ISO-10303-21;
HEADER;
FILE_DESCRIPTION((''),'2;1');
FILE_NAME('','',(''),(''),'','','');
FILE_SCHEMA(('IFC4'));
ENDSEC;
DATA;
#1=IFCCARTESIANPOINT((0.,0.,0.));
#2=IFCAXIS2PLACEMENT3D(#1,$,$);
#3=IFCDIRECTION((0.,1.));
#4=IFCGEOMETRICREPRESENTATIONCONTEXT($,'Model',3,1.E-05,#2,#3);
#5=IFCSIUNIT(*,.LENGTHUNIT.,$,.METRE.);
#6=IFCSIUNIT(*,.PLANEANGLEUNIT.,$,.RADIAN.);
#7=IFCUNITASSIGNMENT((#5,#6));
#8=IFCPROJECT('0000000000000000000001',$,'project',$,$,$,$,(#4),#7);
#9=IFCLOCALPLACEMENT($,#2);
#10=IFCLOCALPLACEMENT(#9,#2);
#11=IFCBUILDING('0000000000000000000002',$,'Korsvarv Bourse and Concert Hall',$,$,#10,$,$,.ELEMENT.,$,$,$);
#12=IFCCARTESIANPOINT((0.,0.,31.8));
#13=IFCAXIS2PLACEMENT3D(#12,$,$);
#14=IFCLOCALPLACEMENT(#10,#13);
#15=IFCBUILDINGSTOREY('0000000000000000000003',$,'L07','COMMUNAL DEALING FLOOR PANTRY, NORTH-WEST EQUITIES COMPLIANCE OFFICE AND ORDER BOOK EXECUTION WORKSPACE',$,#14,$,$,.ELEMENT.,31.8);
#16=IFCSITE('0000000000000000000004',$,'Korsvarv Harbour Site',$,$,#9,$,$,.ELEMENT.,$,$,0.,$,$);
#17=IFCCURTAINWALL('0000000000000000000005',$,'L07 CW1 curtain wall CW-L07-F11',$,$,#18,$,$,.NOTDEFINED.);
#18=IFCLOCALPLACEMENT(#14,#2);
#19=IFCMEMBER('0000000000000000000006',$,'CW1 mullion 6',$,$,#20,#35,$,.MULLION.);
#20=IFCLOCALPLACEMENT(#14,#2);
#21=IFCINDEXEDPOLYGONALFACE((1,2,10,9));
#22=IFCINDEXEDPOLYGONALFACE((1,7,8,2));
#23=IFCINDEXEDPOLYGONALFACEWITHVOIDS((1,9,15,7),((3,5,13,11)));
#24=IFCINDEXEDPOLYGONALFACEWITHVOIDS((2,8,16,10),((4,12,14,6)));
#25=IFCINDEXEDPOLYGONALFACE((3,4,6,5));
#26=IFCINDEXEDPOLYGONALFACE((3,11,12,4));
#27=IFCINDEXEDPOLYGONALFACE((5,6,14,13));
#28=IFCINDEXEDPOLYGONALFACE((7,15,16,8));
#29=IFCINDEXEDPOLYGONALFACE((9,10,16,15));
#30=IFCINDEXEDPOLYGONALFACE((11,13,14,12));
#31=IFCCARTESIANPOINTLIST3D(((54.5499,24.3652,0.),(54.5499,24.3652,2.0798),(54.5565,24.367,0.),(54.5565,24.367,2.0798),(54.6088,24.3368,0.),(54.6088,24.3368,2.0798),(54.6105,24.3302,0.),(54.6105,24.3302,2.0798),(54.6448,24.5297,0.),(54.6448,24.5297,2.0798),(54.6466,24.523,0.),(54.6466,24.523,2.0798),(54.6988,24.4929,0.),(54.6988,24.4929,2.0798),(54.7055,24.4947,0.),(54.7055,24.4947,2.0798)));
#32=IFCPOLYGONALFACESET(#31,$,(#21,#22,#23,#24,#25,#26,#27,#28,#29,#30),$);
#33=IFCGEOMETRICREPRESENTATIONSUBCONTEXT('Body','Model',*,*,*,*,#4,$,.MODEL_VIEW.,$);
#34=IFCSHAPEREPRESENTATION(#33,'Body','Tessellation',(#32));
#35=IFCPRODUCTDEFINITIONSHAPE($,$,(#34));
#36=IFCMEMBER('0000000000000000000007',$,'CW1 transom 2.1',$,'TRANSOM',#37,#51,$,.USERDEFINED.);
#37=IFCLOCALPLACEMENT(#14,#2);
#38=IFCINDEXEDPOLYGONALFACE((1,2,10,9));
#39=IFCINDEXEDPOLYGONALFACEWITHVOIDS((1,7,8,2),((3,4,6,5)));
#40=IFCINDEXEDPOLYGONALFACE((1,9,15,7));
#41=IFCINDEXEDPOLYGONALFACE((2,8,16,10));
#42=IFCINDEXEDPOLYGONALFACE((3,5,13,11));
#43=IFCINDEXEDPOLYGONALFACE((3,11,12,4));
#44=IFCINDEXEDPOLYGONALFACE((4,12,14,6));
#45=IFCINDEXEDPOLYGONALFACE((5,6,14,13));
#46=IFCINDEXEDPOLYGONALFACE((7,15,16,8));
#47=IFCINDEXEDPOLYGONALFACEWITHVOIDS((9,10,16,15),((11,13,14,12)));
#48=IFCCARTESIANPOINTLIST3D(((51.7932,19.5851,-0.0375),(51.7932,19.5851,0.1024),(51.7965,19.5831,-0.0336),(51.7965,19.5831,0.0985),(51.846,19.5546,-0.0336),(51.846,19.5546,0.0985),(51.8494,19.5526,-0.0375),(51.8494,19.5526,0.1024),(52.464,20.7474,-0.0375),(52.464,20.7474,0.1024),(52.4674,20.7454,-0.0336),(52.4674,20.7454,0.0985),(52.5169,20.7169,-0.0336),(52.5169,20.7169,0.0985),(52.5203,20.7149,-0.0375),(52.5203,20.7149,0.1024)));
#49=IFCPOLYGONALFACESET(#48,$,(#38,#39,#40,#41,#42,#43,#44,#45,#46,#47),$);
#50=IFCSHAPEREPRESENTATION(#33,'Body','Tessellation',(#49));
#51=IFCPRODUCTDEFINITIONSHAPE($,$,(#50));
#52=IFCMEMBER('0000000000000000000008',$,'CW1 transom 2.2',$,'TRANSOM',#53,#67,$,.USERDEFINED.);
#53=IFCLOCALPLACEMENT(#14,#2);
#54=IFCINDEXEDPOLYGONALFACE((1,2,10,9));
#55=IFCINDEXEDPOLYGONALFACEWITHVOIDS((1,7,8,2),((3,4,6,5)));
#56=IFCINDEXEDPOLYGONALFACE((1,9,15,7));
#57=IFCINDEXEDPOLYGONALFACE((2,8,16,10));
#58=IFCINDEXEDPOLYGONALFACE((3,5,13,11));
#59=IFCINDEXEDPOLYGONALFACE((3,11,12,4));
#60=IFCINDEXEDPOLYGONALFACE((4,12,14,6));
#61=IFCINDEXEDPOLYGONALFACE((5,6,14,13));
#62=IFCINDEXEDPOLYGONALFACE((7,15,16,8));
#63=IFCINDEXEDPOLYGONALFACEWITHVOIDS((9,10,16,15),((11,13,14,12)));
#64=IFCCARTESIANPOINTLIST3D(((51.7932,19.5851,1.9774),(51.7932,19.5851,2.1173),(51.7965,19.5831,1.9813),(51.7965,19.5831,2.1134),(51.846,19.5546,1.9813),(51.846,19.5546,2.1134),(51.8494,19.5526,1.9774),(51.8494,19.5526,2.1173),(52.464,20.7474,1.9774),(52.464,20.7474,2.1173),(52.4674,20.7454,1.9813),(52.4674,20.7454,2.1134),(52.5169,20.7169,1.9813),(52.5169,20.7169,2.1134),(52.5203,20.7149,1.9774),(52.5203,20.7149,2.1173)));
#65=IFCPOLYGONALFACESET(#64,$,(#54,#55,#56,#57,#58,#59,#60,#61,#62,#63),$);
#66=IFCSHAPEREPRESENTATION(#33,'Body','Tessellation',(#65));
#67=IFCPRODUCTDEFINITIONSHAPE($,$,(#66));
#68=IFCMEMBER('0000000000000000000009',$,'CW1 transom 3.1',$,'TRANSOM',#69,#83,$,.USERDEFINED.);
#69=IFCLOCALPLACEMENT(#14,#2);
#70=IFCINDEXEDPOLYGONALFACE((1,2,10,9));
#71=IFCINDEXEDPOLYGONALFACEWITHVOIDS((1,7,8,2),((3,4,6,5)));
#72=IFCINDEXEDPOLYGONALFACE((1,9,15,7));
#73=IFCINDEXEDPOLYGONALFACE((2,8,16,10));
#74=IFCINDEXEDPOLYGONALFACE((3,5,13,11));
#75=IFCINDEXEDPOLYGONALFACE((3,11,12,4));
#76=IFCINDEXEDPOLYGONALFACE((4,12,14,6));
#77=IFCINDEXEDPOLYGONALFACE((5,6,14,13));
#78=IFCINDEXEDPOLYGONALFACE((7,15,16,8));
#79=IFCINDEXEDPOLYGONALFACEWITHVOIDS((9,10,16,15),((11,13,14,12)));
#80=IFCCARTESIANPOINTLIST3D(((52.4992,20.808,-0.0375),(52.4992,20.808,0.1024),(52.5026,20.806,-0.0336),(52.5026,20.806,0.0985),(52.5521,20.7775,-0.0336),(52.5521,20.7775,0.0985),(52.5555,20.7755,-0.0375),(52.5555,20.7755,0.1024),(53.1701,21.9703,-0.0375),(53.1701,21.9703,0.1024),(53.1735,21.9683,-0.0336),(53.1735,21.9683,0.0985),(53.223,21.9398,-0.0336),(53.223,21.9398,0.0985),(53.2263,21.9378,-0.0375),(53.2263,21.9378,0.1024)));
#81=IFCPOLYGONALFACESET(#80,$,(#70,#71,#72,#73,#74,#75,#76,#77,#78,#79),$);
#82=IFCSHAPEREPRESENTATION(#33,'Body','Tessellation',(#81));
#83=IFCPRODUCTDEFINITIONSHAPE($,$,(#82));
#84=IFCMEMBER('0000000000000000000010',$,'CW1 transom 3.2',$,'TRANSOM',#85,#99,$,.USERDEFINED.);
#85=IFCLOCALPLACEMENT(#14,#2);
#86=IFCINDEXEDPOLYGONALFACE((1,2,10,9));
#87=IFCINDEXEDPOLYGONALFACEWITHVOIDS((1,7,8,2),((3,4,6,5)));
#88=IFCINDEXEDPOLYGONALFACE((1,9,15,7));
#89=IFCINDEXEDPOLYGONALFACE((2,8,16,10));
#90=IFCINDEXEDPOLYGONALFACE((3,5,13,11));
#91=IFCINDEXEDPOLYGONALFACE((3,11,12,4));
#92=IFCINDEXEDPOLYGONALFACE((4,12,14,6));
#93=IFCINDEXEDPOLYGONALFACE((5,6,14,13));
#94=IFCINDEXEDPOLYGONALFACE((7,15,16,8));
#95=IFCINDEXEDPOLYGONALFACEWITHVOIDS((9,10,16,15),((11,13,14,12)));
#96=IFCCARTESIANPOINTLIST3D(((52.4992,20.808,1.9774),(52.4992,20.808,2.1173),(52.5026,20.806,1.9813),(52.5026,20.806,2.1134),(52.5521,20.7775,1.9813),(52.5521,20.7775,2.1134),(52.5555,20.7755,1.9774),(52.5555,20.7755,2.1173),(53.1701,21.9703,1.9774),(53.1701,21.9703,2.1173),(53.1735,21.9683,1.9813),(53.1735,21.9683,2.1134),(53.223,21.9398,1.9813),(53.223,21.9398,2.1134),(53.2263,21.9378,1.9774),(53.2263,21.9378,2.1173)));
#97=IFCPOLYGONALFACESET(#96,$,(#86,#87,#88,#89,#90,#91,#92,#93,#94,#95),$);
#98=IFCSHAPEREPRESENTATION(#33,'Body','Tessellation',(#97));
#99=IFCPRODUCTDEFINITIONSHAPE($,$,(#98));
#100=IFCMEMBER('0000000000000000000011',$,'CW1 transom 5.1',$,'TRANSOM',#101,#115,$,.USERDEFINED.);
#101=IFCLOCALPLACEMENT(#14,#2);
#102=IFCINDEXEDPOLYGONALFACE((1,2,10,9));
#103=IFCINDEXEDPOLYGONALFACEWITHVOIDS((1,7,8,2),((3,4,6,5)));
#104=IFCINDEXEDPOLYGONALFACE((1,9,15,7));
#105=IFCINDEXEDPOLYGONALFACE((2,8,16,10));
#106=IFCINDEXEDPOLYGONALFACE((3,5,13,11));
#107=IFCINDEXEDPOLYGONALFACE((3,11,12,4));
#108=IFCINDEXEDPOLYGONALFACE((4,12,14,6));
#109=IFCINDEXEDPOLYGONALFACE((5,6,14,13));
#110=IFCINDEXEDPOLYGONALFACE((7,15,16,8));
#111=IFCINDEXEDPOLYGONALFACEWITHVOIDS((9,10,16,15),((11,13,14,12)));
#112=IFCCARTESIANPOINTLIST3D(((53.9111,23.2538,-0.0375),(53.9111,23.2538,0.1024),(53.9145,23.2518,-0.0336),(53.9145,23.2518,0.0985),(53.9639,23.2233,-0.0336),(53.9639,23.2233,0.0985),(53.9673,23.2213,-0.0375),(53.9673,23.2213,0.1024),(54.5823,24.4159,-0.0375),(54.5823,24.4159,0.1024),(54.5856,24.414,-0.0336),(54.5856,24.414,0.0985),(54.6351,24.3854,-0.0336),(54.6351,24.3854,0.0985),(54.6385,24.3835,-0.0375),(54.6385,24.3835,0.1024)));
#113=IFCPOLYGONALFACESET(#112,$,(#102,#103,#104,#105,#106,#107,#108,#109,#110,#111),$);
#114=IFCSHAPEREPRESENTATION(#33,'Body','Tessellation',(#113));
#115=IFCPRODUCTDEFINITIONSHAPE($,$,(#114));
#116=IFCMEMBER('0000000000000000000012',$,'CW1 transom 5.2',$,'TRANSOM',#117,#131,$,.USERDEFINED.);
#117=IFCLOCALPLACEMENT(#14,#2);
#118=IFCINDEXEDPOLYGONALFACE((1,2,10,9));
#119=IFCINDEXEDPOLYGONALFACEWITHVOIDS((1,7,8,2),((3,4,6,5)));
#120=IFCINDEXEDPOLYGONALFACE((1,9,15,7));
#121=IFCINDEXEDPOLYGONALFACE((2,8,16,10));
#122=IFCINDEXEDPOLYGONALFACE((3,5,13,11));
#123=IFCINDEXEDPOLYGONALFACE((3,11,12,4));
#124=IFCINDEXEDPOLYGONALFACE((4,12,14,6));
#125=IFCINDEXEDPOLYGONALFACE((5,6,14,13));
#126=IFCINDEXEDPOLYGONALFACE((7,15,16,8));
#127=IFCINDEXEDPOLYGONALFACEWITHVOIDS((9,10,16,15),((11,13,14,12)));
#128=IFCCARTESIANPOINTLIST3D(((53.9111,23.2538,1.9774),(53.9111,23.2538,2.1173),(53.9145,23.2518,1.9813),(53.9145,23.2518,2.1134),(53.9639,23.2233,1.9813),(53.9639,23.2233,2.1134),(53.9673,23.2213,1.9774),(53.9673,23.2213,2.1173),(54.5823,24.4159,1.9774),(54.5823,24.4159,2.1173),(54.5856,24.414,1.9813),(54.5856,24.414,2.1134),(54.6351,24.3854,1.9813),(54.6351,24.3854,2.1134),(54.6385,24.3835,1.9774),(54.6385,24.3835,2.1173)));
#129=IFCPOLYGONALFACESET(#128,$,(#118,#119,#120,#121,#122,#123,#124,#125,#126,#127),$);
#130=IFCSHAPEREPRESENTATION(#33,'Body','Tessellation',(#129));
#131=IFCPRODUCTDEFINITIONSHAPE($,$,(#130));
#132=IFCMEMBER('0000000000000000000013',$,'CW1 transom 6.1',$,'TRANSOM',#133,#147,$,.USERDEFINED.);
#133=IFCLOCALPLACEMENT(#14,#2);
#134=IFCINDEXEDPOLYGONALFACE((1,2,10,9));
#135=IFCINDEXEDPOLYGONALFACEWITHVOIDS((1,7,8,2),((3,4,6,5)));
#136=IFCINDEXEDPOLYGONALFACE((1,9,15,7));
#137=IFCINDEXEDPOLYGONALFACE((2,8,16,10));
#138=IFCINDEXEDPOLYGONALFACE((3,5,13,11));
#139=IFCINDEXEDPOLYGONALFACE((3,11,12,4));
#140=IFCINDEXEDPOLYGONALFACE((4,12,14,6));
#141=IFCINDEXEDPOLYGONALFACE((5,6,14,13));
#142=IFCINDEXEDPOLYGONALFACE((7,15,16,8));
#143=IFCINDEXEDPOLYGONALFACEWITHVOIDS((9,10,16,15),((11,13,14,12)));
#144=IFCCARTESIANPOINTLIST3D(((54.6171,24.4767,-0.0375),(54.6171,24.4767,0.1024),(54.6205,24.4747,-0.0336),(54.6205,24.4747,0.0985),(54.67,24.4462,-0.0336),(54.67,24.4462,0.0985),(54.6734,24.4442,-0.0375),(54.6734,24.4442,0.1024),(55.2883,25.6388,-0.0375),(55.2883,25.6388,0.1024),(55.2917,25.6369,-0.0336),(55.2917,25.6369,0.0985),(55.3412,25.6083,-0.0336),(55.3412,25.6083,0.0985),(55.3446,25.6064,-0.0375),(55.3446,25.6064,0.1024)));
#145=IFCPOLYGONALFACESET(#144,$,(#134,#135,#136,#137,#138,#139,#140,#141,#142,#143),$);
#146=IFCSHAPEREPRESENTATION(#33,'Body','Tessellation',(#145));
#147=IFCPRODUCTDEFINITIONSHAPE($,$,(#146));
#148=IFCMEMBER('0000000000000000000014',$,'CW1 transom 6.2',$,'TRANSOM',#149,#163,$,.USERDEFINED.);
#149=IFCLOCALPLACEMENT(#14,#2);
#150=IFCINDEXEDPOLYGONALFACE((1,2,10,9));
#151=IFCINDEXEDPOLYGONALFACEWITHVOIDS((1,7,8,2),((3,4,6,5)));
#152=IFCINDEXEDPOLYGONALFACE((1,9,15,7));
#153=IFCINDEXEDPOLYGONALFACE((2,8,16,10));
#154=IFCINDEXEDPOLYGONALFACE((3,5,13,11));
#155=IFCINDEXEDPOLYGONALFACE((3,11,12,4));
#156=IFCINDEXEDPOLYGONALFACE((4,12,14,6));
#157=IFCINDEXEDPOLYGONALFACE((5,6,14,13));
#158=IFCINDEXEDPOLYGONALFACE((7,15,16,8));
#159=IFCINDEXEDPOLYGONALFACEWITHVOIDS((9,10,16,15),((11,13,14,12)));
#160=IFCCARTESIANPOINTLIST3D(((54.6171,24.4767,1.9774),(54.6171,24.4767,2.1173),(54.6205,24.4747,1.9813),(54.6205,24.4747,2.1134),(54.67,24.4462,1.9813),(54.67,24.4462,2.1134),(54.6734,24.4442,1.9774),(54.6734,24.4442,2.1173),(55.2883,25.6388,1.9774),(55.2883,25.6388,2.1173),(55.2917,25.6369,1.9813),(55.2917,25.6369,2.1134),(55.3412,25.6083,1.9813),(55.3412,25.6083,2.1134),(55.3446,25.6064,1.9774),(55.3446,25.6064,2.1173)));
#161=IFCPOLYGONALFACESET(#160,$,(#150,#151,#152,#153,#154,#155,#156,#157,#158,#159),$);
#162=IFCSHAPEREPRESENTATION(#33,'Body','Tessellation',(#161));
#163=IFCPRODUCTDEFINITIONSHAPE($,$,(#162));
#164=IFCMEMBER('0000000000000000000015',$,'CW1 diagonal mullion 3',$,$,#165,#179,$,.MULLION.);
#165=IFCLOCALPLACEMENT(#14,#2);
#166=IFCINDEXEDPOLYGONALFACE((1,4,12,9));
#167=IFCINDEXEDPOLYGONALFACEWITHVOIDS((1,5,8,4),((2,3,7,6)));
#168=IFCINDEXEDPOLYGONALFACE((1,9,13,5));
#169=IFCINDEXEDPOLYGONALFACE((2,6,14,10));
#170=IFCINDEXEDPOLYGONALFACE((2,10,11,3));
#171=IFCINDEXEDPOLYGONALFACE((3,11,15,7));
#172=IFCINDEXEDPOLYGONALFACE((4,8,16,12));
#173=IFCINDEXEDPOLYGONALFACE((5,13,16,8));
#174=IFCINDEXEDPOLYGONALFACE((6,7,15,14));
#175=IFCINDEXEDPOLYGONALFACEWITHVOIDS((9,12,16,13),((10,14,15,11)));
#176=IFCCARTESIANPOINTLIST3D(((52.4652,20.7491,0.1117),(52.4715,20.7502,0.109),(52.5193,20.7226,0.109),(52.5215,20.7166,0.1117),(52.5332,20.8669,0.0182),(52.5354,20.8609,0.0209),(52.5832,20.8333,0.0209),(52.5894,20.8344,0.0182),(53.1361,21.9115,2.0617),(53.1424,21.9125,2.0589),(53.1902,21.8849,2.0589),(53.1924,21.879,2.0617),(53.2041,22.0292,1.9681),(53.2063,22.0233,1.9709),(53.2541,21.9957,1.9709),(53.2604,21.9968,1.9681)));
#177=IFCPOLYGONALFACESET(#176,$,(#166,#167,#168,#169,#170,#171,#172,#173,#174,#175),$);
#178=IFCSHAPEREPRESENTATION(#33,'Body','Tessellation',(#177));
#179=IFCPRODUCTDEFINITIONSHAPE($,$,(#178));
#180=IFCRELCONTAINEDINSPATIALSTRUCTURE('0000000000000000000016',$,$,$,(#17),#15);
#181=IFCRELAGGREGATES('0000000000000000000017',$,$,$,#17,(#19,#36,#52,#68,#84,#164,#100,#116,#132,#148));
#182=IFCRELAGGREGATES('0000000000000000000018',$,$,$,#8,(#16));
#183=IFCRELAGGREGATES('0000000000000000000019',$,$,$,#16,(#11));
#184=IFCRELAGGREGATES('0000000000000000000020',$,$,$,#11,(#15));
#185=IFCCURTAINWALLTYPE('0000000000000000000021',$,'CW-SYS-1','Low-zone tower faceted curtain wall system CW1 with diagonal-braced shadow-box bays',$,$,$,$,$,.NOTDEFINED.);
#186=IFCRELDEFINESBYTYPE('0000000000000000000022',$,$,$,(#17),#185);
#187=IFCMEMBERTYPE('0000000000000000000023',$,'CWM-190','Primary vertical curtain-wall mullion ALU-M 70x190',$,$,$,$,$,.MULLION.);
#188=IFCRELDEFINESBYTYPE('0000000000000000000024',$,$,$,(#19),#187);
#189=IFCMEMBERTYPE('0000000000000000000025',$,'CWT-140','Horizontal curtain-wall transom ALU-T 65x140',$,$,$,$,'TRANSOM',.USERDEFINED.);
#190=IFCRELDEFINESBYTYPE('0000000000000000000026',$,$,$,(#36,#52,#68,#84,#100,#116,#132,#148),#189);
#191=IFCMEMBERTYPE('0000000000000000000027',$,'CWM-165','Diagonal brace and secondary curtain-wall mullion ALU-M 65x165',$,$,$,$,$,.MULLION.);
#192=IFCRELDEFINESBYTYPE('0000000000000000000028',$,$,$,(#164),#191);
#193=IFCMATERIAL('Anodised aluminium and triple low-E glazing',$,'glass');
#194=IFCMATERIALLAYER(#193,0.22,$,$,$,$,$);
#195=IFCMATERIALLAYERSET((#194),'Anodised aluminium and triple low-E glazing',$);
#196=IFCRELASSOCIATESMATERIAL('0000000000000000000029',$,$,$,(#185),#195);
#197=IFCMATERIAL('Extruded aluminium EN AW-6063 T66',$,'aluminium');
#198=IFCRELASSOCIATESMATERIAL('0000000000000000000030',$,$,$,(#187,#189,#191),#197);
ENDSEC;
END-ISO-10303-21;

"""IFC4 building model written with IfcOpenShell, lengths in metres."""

from ifc_helpers import new_model, si_unit, direction, frame, origin, origin_2d, place, context, subcontext, project, spatial, hollow_rectangle, extrude, source, transform, mapped, material, layer, layer_set, material_profile, profile_set, type_object, element, aggregate, save


model = new_model("IFC4")

# Units and contexts
model_context = context("Model", 3, precision=1e-05, world=origin(), true_north=direction((0.0, 1.0)))
body_context = subcontext(model_context, "Body", "Model", "MODEL_VIEW")
ifc_project = project(units=[si_unit("LENGTHUNIT", "METRE"), si_unit("PLANEANGLEUNIT", "RADIAN")], contexts=[model_context])

# Site, building, storey
site_placement = place(None, origin())
site = spatial("IfcSite", under=ifc_project, at=site_placement, Name="Korsvarv Harbour Site", CompositionType="ELEMENT", RefElevation=0.0)
building_placement = place(site_placement, origin())
building = spatial("IfcBuilding", under=site, at=building_placement, Name="Korsvarv Bourse and Concert Hall", CompositionType="ELEMENT")
storey_placement = place(building_placement, frame((0.0, 0.0, 31.8)))
storey = spatial("IfcBuildingStorey", under=building, at=storey_placement, Name="L07", Description="COMMUNAL DEALING FLOOR PANTRY, NORTH-WEST EQUITIES COMPLIANCE OFFICE AND ORDER BOOK EXECUTION WORKSPACE", CompositionType="ELEMENT", Elevation=31.8)

# Curtain wall, members
ifc_material_1 = material(Name="Anodised aluminium and triple low-E glazing", Category="glass")
ifc_layer_1 = layer(ifc_material_1, 0.22)
ifc_layer_set_1 = layer_set([ifc_layer_1], Name="Anodised aluminium and triple low-E glazing")
curtain_wall_type = type_object("IfcCurtainWallType", Name="CW-SYS-1", Description="Low-zone tower faceted curtain wall system CW1 with diagonal-braced shadow-box bays", PredefinedType="NOTDEFINED", material=ifc_layer_set_1)
curtain_wall_placement = place(storey_placement, origin())
curtain_wall = element("IfcCurtainWall", 1, at=curtain_wall_placement, inside=storey, type_object=curtain_wall_type, Name="L07 CW1 curtain wall CW-L07-F11", PredefinedType="NOTDEFINED")
ifc_material_2 = material(Name="Extruded aluminium EN AW-6063 T66", Category="aluminium")
ifc_material_profile_1 = material_profile(ifc_material_2, hollow_rectangle(XDim=0.0701, YDim=0.1899, WallThickness=0.0049, at=origin_2d()), Name="ALU-M 70x190")
ifc_profile_set_1 = profile_set([ifc_material_profile_1], Name="Extruded aluminium EN AW-6063 T66")
member_type_1 = type_object("IfcMemberType", Name="CWM-190", Description="Primary vertical curtain-wall mullion ALU-M 70x190", PredefinedType="MULLION", material=ifc_profile_set_1)
shared_shape_1 = source(origin(), body_context, "Body", "SweptSolid", [
    extrude(hollow_rectangle(XDim=0.0701, YDim=0.1899, WallThickness=0.0049, at=origin_2d()), origin(), (0.0, 0.0, 1.0), 2.0798),
])
member_1_placement = place(storey_placement, frame((54.6277, 24.4299, 0.0), z_axis=(0.0, 0.0, 1.0), x_axis=(-0.866029, 0.499995, 0.0)))
member_1 = element("IfcMember", 2, at=member_1_placement, type_object=member_type_1, Name="CW1 mullion 6", PredefinedType="MULLION", context=body_context, shape_type="MappedRepresentation", body=[
    mapped(shared_shape_1, transform((0.0, 0.0, 0.0), scale=1.0)),
])
ifc_material_profile_2 = material_profile(ifc_material_2, hollow_rectangle(XDim=0.0649, YDim=0.1399, WallThickness=0.0039, at=origin_2d()), Name="ALU-T 65x140")
ifc_profile_set_2 = profile_set([ifc_material_profile_2], Name="Extruded aluminium EN AW-6063 T66")
member_type_2 = type_object("IfcMemberType", Name="CWT-140", Description="Horizontal curtain-wall transom ALU-T 65x140", ElementType="TRANSOM", PredefinedType="USERDEFINED", material=ifc_profile_set_2)
shared_shape_2 = source(origin(), body_context, "Body", "SweptSolid", [
    extrude(hollow_rectangle(XDim=0.0649, YDim=0.1399, WallThickness=0.0039, at=origin_2d()), origin(), (0.0, 0.0, 1.0), 1.342),
])
member_2_placement = place(storey_placement, frame((51.8213, 19.5688, 0.0325), z_axis=(0.499896, 0.866086, 0.0), x_axis=(-0.866086, 0.499896, 0.0)))
member_2 = element("IfcMember", 3, at=member_2_placement, type_object=member_type_2, Name="CW1 transom 2.1", ObjectType="TRANSOM", PredefinedType="USERDEFINED", context=body_context, shape_type="MappedRepresentation", body=[
    mapped(shared_shape_2, transform((0.0, 0.0, 0.0), scale=1.0)),
])
member_3_placement = place(storey_placement, frame((51.8213, 19.5688, 2.0474), z_axis=(0.499896, 0.866086, 0.0), x_axis=(-0.866086, 0.499896, 0.0)))
member_3 = element("IfcMember", 4, at=member_3_placement, type_object=member_type_2, Name="CW1 transom 2.2", ObjectType="TRANSOM", PredefinedType="USERDEFINED", context=body_context, shape_type="MappedRepresentation", body=[
    mapped(shared_shape_2, transform((0.0, 0.0, 0.0), scale=1.0)),
])
member_4_placement = place(storey_placement, frame((52.5273, 20.7917, 0.0325), z_axis=(0.499896, 0.866086, 0.0), x_axis=(-0.866086, 0.499896, 0.0)))
member_4 = element("IfcMember", 5, at=member_4_placement, type_object=member_type_2, Name="CW1 transom 3.1", ObjectType="TRANSOM", PredefinedType="USERDEFINED", context=body_context, shape_type="MappedRepresentation", body=[
    mapped(shared_shape_2, transform((0.0, 0.0, 0.0), scale=1.0)),
])
member_5_placement = place(storey_placement, frame((52.5273, 20.7917, 2.0474), z_axis=(0.499896, 0.866086, 0.0), x_axis=(-0.866086, 0.499896, 0.0)))
member_5 = element("IfcMember", 6, at=member_5_placement, type_object=member_type_2, Name="CW1 transom 3.2", ObjectType="TRANSOM", PredefinedType="USERDEFINED", context=body_context, shape_type="MappedRepresentation", body=[
    mapped(shared_shape_2, transform((0.0, 0.0, 0.0), scale=1.0)),
])
member_6_placement = place(storey_placement, frame((53.9392, 23.2375, 0.0325), z_axis=(0.500111, 0.865961, 0.0), x_axis=(-0.865961, 0.500111, 0.0)))
member_6 = element("IfcMember", 7, at=member_6_placement, type_object=member_type_2, Name="CW1 transom 5.1", ObjectType="TRANSOM", PredefinedType="USERDEFINED", context=body_context, shape_type="MappedRepresentation", body=[
    mapped(shared_shape_2, transform((0.0, 0.0, 0.0), scale=1.0)),
])
member_7_placement = place(storey_placement, frame((53.9392, 23.2375, 2.0474), z_axis=(0.500111, 0.865961, 0.0), x_axis=(-0.865961, 0.500111, 0.0)))
member_7 = element("IfcMember", 8, at=member_7_placement, type_object=member_type_2, Name="CW1 transom 5.2", ObjectType="TRANSOM", PredefinedType="USERDEFINED", context=body_context, shape_type="MappedRepresentation", body=[
    mapped(shared_shape_2, transform((0.0, 0.0, 0.0), scale=1.0)),
])
member_8_placement = place(storey_placement, frame((54.6453, 24.4604, 0.0325), z_axis=(0.500111, 0.865961, 0.0), x_axis=(-0.865961, 0.500111, 0.0)))
member_8 = element("IfcMember", 9, at=member_8_placement, type_object=member_type_2, Name="CW1 transom 6.1", ObjectType="TRANSOM", PredefinedType="USERDEFINED", context=body_context, shape_type="MappedRepresentation", body=[
    mapped(shared_shape_2, transform((0.0, 0.0, 0.0), scale=1.0)),
])
member_9_placement = place(storey_placement, frame((54.6453, 24.4604, 2.0474), z_axis=(0.500111, 0.865961, 0.0), x_axis=(-0.865961, 0.500111, 0.0)))
member_9 = element("IfcMember", 10, at=member_9_placement, type_object=member_type_2, Name="CW1 transom 6.2", ObjectType="TRANSOM", PredefinedType="USERDEFINED", context=body_context, shape_type="MappedRepresentation", body=[
    mapped(shared_shape_2, transform((0.0, 0.0, 0.0), scale=1.0)),
])
ifc_material_profile_3 = material_profile(ifc_material_2, hollow_rectangle(XDim=0.0649, YDim=0.165, WallThickness=0.0049, at=origin_2d()), Name="ALU-M 65x165")
ifc_profile_set_3 = profile_set([ifc_material_profile_3], Name="Extruded aluminium EN AW-6063 T66")
member_type_3 = type_object("IfcMemberType", Name="CWM-165", Description="Diagonal brace and secondary curtain-wall mullion ALU-M 65x165", PredefinedType="MULLION", material=ifc_profile_set_3)
shared_shape_3 = source(origin(), body_context, "Body", "SweptSolid", [
    extrude(hollow_rectangle(XDim=0.0649, YDim=0.165, WallThickness=0.0049, at=origin_2d()), origin(), (0.0, 0.0, 1.0), 2.3672),
])
member_10_placement = place(storey_placement, frame((52.5273, 20.7917, 0.0649), z_axis=(0.283418, 0.491031, 0.823749), x_axis=(-0.866086, 0.499896, 0.0)))
member_10 = element("IfcMember", 11, at=member_10_placement, type_object=member_type_3, Name="CW1 diagonal mullion 3", PredefinedType="MULLION", context=body_context, shape_type="MappedRepresentation", body=[
    mapped(shared_shape_3, transform((0.0, 0.0, 0.0), scale=1.0)),
])
aggregate(curtain_wall, [member_1, member_2, member_3, member_4, member_5, member_10, member_6, member_7, member_8, member_9])

save(model, "model.ifc")
